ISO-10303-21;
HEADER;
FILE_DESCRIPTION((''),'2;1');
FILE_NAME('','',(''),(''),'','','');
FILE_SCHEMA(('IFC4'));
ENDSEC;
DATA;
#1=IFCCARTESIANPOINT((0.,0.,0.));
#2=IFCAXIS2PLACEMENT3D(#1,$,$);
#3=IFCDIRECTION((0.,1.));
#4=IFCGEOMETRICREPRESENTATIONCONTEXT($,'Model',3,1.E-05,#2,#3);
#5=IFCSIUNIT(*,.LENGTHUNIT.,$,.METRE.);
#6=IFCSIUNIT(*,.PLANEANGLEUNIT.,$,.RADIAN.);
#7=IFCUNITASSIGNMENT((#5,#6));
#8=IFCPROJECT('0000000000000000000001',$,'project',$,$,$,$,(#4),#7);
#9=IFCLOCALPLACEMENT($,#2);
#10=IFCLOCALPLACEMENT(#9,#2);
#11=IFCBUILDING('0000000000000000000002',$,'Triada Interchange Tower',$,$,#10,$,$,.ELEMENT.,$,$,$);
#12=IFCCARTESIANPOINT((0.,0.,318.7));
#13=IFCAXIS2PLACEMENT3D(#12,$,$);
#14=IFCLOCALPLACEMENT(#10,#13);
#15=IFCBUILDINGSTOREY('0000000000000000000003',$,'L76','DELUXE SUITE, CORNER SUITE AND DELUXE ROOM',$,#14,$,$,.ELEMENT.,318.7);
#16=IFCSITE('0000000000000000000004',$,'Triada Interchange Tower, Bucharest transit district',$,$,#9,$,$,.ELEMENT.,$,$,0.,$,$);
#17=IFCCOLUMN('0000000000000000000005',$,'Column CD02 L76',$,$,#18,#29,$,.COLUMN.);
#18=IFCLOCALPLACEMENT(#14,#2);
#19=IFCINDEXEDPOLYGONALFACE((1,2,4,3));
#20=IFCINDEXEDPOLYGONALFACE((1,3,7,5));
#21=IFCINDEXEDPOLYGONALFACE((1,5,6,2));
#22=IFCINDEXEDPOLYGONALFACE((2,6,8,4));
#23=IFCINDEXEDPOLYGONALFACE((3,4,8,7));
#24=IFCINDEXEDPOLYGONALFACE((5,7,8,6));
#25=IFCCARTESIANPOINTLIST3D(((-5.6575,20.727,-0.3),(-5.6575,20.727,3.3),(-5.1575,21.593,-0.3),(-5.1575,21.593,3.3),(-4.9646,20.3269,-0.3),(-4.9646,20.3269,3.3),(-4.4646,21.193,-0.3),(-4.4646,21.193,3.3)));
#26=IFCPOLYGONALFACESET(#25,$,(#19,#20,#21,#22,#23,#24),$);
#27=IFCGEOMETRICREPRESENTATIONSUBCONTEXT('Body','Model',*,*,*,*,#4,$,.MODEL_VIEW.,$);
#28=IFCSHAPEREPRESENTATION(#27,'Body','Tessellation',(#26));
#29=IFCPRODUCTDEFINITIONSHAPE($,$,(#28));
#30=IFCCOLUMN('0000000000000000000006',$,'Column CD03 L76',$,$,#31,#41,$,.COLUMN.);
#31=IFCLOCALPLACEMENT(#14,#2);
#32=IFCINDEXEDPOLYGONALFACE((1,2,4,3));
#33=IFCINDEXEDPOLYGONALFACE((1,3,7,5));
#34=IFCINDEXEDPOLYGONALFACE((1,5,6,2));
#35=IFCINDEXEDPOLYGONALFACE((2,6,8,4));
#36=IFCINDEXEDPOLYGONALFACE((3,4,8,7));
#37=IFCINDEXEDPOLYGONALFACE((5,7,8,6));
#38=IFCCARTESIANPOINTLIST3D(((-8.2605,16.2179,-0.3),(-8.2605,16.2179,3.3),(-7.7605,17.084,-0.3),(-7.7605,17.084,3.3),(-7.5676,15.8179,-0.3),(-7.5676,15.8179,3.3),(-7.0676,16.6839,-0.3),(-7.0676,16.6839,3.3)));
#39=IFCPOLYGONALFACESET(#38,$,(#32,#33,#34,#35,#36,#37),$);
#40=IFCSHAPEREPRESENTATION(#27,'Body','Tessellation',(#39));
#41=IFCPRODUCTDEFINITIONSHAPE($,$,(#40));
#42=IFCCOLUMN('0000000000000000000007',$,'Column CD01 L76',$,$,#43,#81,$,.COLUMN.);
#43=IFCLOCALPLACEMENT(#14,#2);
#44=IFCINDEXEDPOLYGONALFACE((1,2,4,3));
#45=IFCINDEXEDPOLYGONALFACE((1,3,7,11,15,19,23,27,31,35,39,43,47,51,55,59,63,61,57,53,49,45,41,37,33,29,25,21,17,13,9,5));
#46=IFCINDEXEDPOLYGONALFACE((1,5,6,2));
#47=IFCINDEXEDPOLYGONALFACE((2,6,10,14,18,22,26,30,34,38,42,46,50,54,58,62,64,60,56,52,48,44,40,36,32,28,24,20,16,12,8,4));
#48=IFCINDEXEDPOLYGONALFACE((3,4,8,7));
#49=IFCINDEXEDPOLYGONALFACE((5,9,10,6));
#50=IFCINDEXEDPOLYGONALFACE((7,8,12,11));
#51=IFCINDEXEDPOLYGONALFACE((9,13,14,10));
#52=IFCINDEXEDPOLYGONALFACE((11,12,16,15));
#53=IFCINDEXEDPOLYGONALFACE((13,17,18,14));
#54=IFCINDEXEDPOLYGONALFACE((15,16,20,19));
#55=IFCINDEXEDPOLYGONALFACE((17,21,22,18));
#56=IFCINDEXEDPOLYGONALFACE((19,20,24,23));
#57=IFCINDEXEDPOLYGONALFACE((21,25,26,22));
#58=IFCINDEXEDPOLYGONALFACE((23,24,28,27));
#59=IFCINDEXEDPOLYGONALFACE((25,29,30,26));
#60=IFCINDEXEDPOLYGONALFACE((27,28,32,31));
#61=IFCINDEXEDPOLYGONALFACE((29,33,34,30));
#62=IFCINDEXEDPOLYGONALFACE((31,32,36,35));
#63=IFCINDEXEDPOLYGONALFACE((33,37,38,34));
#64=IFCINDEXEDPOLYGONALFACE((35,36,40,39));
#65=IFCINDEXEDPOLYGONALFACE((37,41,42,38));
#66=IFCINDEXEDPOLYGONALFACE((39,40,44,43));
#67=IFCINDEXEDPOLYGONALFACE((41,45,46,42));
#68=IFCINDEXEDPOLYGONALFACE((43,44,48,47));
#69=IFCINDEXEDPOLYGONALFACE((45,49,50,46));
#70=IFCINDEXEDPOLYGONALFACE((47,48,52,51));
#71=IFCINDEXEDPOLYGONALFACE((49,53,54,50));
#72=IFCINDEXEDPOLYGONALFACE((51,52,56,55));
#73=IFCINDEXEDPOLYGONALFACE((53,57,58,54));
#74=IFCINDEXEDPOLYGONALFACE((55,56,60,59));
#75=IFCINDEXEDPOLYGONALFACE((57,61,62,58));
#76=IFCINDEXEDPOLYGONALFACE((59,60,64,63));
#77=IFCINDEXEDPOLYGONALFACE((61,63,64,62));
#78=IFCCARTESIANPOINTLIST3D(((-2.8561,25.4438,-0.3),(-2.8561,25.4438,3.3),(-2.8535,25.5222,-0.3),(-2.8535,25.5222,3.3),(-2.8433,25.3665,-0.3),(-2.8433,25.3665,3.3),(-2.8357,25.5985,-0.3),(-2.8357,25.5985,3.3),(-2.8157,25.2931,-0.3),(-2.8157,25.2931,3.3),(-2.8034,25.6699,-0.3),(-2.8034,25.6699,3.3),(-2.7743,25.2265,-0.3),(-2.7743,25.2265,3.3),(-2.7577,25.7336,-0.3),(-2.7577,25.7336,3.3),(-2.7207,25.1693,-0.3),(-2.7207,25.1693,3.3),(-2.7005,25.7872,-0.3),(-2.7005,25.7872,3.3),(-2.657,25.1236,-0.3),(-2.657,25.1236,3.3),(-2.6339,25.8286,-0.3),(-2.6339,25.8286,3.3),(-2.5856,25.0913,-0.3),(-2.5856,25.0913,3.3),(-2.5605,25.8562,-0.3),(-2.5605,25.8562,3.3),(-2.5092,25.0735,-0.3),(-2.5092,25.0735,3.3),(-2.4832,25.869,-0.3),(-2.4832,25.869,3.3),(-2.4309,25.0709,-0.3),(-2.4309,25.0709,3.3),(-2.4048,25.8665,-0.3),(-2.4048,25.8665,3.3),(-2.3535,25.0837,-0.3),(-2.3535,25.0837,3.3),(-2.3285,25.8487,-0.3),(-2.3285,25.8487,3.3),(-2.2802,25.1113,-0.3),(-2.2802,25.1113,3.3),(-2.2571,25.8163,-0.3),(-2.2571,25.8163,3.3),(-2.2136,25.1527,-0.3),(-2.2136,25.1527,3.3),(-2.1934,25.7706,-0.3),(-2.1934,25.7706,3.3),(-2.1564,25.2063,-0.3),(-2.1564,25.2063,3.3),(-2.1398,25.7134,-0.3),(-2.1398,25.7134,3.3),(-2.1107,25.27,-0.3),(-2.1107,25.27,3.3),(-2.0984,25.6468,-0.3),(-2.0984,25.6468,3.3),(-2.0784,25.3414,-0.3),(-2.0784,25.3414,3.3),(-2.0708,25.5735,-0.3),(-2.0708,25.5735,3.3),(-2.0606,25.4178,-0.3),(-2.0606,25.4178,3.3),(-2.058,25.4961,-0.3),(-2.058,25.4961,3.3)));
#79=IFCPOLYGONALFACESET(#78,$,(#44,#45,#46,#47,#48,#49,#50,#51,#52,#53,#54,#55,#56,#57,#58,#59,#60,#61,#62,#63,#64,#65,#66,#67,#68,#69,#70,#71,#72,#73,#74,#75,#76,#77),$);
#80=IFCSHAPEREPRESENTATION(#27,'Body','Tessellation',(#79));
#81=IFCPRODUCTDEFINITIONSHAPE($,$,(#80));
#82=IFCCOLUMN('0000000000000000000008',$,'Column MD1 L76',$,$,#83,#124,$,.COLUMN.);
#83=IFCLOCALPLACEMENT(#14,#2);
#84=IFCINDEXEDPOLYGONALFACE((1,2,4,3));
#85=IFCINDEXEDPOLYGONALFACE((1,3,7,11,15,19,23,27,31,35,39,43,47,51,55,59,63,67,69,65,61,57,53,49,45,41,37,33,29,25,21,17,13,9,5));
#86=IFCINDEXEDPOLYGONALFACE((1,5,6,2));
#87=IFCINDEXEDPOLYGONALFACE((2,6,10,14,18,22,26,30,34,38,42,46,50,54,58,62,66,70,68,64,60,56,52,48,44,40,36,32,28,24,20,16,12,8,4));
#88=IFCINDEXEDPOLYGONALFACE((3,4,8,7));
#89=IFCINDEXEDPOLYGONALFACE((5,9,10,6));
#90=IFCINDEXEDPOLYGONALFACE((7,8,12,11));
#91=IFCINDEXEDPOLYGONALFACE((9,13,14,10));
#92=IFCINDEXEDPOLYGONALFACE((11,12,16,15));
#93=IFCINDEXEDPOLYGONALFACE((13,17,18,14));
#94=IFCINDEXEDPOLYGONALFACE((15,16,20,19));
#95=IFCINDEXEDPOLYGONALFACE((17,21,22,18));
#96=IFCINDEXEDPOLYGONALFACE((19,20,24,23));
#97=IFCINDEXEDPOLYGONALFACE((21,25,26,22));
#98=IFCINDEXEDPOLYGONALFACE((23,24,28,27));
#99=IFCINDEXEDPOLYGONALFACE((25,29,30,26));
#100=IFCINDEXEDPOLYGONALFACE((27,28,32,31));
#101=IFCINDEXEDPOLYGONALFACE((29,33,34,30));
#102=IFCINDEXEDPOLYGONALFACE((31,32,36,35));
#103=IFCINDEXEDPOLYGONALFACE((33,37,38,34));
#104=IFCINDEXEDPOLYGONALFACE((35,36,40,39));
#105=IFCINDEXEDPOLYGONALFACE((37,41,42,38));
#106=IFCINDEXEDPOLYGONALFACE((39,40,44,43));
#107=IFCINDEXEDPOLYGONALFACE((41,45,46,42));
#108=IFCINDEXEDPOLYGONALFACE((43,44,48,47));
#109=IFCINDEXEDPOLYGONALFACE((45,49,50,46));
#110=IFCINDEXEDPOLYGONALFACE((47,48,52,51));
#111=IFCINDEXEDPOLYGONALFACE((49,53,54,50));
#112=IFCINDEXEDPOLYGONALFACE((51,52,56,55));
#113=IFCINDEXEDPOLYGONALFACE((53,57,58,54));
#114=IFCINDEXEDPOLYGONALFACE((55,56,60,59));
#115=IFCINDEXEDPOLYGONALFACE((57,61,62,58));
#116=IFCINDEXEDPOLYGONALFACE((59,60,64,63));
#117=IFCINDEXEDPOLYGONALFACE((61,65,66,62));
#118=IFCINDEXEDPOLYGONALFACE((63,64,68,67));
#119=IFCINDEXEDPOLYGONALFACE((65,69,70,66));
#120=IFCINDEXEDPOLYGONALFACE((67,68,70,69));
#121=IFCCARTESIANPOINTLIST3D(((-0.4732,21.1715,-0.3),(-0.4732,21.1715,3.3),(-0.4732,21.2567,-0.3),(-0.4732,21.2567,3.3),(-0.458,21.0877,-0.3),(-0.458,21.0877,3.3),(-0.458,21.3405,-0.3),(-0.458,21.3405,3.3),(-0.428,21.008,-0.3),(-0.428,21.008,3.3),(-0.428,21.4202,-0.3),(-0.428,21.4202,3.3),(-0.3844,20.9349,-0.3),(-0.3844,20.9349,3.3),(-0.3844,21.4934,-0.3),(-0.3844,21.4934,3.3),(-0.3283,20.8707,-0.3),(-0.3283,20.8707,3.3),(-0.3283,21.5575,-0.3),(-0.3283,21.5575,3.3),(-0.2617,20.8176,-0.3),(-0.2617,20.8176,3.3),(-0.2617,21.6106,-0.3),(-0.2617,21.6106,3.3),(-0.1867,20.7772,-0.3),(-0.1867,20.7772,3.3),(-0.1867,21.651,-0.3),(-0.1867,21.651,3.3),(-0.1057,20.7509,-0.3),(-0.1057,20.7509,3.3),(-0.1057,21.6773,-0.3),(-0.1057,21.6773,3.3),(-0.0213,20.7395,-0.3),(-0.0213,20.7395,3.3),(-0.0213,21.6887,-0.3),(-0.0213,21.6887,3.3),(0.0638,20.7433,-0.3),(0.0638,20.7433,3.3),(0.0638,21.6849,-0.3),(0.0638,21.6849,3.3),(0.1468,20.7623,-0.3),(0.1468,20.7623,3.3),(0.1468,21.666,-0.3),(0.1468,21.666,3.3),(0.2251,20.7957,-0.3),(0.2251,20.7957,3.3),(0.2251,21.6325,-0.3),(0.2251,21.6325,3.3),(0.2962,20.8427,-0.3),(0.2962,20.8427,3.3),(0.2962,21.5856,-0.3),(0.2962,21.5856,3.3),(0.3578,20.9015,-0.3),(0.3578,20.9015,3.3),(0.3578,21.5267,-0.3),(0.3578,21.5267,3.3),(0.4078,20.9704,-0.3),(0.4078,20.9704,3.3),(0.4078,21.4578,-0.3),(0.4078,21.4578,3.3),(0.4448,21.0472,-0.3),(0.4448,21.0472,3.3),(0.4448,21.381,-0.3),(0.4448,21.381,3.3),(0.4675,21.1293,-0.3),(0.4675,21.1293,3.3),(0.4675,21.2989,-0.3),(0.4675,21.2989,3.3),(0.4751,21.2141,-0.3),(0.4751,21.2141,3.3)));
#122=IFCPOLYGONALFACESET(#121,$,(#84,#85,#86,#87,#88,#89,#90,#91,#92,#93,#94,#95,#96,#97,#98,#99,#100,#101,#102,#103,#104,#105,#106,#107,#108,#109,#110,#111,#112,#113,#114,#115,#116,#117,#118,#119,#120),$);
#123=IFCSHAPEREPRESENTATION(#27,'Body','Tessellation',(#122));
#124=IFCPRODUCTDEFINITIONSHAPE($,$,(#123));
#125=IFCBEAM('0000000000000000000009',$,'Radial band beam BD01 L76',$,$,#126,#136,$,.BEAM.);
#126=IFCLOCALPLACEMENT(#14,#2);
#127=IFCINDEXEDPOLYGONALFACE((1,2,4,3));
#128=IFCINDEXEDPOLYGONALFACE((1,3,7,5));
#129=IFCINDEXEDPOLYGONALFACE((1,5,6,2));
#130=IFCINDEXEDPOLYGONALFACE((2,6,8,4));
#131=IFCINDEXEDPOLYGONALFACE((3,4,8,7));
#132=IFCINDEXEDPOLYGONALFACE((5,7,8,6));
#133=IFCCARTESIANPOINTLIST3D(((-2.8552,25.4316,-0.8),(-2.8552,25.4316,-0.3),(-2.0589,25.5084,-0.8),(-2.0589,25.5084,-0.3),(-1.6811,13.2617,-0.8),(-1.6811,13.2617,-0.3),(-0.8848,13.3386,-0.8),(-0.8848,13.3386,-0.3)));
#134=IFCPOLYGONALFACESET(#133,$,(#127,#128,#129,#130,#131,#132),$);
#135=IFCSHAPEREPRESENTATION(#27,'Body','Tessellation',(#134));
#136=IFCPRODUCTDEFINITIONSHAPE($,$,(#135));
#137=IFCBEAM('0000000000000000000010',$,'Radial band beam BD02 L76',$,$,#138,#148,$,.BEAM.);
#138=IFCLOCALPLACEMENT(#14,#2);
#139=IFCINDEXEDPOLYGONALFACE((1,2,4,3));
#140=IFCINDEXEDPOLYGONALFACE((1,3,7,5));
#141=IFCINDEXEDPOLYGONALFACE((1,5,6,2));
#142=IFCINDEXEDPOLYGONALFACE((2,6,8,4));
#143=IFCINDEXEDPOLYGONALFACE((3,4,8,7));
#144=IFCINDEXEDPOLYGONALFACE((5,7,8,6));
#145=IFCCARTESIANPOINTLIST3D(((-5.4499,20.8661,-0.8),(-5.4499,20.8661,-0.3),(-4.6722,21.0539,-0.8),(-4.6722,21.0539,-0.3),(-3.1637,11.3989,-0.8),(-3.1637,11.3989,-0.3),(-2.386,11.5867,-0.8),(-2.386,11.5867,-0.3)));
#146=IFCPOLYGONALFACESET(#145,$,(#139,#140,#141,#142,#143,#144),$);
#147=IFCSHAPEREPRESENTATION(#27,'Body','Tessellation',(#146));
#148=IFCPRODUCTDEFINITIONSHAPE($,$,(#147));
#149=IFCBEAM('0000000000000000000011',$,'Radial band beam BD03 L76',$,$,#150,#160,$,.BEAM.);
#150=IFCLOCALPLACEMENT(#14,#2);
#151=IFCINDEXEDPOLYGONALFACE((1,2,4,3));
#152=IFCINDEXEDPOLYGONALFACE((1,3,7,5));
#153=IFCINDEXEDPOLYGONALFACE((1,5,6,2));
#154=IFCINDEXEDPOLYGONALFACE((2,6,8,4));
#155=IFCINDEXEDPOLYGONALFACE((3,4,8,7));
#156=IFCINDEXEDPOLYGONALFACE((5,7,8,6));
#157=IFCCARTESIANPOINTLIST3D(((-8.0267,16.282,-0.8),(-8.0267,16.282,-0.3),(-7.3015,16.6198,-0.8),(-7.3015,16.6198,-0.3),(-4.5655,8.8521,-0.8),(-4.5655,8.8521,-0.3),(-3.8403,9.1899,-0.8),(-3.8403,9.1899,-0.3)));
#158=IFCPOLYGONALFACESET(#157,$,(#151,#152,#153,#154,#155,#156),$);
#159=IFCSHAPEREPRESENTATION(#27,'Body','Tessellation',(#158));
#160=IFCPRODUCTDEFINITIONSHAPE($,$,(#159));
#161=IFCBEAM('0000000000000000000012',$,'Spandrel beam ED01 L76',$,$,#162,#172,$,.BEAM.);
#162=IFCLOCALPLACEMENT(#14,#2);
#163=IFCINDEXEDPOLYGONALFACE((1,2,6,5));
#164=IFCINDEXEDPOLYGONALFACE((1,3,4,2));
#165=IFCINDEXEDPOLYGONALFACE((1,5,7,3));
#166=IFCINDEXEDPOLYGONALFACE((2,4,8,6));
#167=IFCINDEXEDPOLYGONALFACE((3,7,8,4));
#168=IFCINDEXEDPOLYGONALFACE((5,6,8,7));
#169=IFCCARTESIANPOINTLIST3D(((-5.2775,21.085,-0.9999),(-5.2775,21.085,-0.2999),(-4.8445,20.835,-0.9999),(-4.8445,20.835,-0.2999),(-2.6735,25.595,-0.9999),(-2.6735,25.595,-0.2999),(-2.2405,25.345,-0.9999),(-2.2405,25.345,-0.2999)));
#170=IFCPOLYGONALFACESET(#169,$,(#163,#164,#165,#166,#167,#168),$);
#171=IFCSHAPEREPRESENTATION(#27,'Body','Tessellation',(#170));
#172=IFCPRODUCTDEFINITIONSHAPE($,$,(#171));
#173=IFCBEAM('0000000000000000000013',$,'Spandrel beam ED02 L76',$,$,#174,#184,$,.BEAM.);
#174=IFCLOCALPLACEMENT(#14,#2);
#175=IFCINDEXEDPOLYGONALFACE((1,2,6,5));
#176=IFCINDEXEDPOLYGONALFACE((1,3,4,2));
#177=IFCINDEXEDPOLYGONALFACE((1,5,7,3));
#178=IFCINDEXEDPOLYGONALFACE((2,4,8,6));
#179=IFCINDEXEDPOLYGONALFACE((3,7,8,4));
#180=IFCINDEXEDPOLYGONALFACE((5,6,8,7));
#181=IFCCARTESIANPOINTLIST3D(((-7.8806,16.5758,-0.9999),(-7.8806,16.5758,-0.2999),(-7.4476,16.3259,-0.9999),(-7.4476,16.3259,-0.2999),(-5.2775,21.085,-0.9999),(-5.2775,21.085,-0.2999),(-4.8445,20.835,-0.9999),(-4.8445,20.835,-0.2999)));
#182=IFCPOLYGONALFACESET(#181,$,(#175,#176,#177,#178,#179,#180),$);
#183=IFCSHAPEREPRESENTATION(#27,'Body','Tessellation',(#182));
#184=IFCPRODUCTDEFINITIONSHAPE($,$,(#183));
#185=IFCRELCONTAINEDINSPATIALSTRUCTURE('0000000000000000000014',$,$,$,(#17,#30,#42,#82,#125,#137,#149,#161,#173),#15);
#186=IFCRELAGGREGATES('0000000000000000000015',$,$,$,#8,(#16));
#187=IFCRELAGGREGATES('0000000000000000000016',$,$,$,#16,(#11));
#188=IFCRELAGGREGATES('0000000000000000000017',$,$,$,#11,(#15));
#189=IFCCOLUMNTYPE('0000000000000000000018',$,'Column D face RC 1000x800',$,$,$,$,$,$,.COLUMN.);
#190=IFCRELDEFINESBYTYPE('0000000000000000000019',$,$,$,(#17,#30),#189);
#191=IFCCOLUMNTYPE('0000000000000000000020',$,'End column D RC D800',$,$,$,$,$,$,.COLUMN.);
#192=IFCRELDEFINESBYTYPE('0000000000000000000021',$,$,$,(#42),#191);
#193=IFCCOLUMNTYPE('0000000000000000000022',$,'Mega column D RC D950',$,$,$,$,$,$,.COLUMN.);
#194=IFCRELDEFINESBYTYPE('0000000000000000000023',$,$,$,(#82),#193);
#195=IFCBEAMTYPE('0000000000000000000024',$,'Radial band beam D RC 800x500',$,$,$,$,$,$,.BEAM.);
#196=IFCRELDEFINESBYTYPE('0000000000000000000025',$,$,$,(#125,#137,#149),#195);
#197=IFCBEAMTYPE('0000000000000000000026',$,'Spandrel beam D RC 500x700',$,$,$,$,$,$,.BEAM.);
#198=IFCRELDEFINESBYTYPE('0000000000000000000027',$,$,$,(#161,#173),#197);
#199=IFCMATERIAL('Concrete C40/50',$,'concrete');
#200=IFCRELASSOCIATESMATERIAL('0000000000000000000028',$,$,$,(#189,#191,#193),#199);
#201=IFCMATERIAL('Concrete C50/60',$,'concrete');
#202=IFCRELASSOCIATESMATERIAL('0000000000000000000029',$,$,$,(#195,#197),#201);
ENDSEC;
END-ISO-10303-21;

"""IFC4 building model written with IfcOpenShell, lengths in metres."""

from ifc_helpers import new_model, si_unit, direction, frame, origin, origin_2d, place, context, subcontext, project, spatial, rectangle, circle, extrude, material, material_profile, profile_set, type_object, element, save


model = new_model("IFC4")

# Units and contexts
model_context = context("Model", 3, precision=1e-05, world=origin(), true_north=direction((0.0, 1.0)))
body_context = subcontext(model_context, "Body", "Model", "MODEL_VIEW")
ifc_project = project(units=[si_unit("LENGTHUNIT", "METRE"), si_unit("PLANEANGLEUNIT", "RADIAN")], contexts=[model_context])

# Site, building, storey
site_placement = place(None, origin())
site = spatial("IfcSite", under=ifc_project, at=site_placement, Name="Triada Interchange Tower, Bucharest transit district", CompositionType="ELEMENT", RefElevation=0.0)
building_placement = place(site_placement, origin())
building = spatial("IfcBuilding", under=site, at=building_placement, Name="Triada Interchange Tower", CompositionType="ELEMENT")
storey_placement = place(building_placement, frame((0.0, 0.0, 318.7)))
storey = spatial("IfcBuildingStorey", under=building, at=storey_placement, Name="L76", Description="DELUXE SUITE, CORNER SUITE AND DELUXE ROOM", CompositionType="ELEMENT", Elevation=318.7)

# Columns
ifc_material_1 = material(Name="Concrete C40/50", Category="concrete")
ifc_material_profile_1 = material_profile(ifc_material_1, rectangle(XDim=1.0, YDim=0.8, at=origin_2d()), Name="RC 1000x800")
ifc_profile_set_1 = profile_set([ifc_material_profile_1], Name="Concrete C40/50")
column_type_1 = type_object("IfcColumnType", Name="Column D face RC 1000x800", PredefinedType="COLUMN", material=ifc_profile_set_1)
for number, where, z_axis, x_axis, name in (
    (1, (-5.061, 20.96, -0.3), (0.0, 0.0, 1.0), (0.5, 0.866025, 0.0), "Column CD02 L76"),
    (2, (-7.6641, 16.4509, -0.3), (0.0, 0.0, 1.0), (0.5, 0.866025, 0.0), "Column CD03 L76"),
):
    element("IfcColumn", number, at=place(storey_placement, frame(where, z_axis=z_axis, x_axis=x_axis)), inside=storey, type_object=column_type_1, Name=name, PredefinedType="COLUMN", context=body_context, shape_type="SweptSolid", body=[
        extrude(rectangle(XDim=1.0, YDim=0.8, at=origin_2d()), origin(), (0.0, 0.0, 1.0), 3.6001),
    ])
ifc_material_profile_2 = material_profile(ifc_material_1, circle(Radius=0.3999, at=origin_2d()), Name="RC D800")
ifc_profile_set_2 = profile_set([ifc_material_profile_2], Name="Concrete C40/50")
column_type_2 = type_object("IfcColumnType", Name="End column D RC D800", PredefinedType="COLUMN", material=ifc_profile_set_2)
column_1_placement = place(storey_placement, frame((-2.457, 25.47, -0.3), z_axis=(0.0, 0.0, 1.0), x_axis=(0.5, 0.866025, 0.0)))
element("IfcColumn", 3, at=column_1_placement, inside=storey, type_object=column_type_2, Name="Column CD01 L76", PredefinedType="COLUMN", context=body_context, shape_type="SweptSolid", body=[
    extrude(circle(Radius=0.3999, at=origin_2d()), origin(), (0.0, 0.0, 1.0), 3.6001),
])
ifc_material_profile_3 = material_profile(ifc_material_1, circle(Radius=0.4751, at=origin_2d()), Name="RC D950")
ifc_profile_set_3 = profile_set([ifc_material_profile_3], Name="Concrete C40/50")
column_type_3 = type_object("IfcColumnType", Name="Mega column D RC D950", PredefinedType="COLUMN", material=ifc_profile_set_3)
column_2_placement = place(storey_placement, frame((0.0, 21.2141, -0.3), z_axis=(0.0, 0.0, 1.0), x_axis=(1.0, 0.0, 0.0)))
element("IfcColumn", 4, at=column_2_placement, inside=storey, type_object=column_type_3, Name="Column MD1 L76", PredefinedType="COLUMN", context=body_context, shape_type="SweptSolid", body=[
    extrude(circle(Radius=0.4751, at=origin_2d()), origin(), (0.0, 0.0, 1.0), 3.6001),
])

# Beams
ifc_material_2 = material(Name="Concrete C50/60", Category="concrete")
ifc_material_profile_4 = material_profile(ifc_material_2, rectangle(XDim=0.8, YDim=0.5, at=origin_2d()), Name="RC 800x500")
ifc_profile_set_4 = profile_set([ifc_material_profile_4], Name="Concrete C50/60")
beam_type_1 = type_object("IfcBeamType", Name="Radial band beam D RC 800x500", PredefinedType="BEAM", material=ifc_profile_set_4)
beam_1_placement = place(storey_placement, frame((-2.457, 25.47, -0.55), z_axis=(0.096027, -0.995379, 0.0), x_axis=(0.995379, 0.096027, 0.0)))
element("IfcBeam", 5, at=beam_1_placement, inside=storey, type_object=beam_type_1, Name="Radial band beam BD01 L76", PredefinedType="BEAM", context=body_context, shape_type="SweptSolid", body=[
    extrude(rectangle(XDim=0.8, YDim=0.5, at=origin_2d()), origin(), (0.0, 0.0, 1.0), 12.2263),
])
beam_2_placement = place(storey_placement, frame((-5.061, 20.96, -0.55), z_axis=(0.234736, -0.972059, 0.0), x_axis=(0.972059, 0.234736, 0.0)))
element("IfcBeam", 6, at=beam_2_placement, inside=storey, type_object=beam_type_1, Name="Radial band beam BD02 L76", PredefinedType="BEAM", context=body_context, shape_type="SweptSolid", body=[
    extrude(rectangle(XDim=0.8, YDim=0.5, at=origin_2d()), origin(), (0.0, 0.0, 1.0), 9.7393),
])
beam_3_placement = place(storey_placement, frame((-7.6641, 16.4509, -0.55), z_axis=(0.422272, -0.906469, 0.0), x_axis=(0.906469, 0.422272, 0.0)))
element("IfcBeam", 7, at=beam_3_placement, inside=storey, type_object=beam_type_1, Name="Radial band beam BD03 L76", PredefinedType="BEAM", context=body_context, shape_type="SweptSolid", body=[
    extrude(rectangle(XDim=0.8, YDim=0.5, at=origin_2d()), origin(), (0.0, 0.0, 1.0), 8.1965),
])
ifc_material_profile_5 = material_profile(ifc_material_2, rectangle(XDim=0.5, YDim=0.7, at=origin_2d()), Name="RC 500x700")
ifc_profile_set_5 = profile_set([ifc_material_profile_5], Name="Concrete C50/60")
beam_type_2 = type_object("IfcBeamType", Name="Spandrel beam D RC 500x700", PredefinedType="BEAM", material=ifc_profile_set_5)
beam_4_placement = place(storey_placement, frame((-2.457, 25.47, -0.6499), z_axis=(-0.500021, -0.866013, 0.0), x_axis=(0.866013, -0.500021, 0.0)))
element("IfcBeam", 8, at=beam_4_placement, inside=storey, type_object=beam_type_2, Name="Spandrel beam ED01 L76", PredefinedType="BEAM", context=body_context, shape_type="SweptSolid", body=[
    extrude(rectangle(XDim=0.5, YDim=0.7, at=origin_2d()), origin(), (0.0, 0.0, 1.0), 5.2078),
])
beam_5_placement = place(storey_placement, frame((-5.061, 20.96, -0.6499), z_axis=(-0.499962, -0.866047, 0.0), x_axis=(0.866047, -0.499962, 0.0)))
element("IfcBeam", 9, at=beam_5_placement, inside=storey, type_object=beam_type_2, Name="Spandrel beam ED02 L76", PredefinedType="BEAM", context=body_context, shape_type="SweptSolid", body=[
    extrude(rectangle(XDim=0.5, YDim=0.7, at=origin_2d()), origin(), (0.0, 0.0, 1.0), 5.2065),
])

save(model, "model.ifc")
